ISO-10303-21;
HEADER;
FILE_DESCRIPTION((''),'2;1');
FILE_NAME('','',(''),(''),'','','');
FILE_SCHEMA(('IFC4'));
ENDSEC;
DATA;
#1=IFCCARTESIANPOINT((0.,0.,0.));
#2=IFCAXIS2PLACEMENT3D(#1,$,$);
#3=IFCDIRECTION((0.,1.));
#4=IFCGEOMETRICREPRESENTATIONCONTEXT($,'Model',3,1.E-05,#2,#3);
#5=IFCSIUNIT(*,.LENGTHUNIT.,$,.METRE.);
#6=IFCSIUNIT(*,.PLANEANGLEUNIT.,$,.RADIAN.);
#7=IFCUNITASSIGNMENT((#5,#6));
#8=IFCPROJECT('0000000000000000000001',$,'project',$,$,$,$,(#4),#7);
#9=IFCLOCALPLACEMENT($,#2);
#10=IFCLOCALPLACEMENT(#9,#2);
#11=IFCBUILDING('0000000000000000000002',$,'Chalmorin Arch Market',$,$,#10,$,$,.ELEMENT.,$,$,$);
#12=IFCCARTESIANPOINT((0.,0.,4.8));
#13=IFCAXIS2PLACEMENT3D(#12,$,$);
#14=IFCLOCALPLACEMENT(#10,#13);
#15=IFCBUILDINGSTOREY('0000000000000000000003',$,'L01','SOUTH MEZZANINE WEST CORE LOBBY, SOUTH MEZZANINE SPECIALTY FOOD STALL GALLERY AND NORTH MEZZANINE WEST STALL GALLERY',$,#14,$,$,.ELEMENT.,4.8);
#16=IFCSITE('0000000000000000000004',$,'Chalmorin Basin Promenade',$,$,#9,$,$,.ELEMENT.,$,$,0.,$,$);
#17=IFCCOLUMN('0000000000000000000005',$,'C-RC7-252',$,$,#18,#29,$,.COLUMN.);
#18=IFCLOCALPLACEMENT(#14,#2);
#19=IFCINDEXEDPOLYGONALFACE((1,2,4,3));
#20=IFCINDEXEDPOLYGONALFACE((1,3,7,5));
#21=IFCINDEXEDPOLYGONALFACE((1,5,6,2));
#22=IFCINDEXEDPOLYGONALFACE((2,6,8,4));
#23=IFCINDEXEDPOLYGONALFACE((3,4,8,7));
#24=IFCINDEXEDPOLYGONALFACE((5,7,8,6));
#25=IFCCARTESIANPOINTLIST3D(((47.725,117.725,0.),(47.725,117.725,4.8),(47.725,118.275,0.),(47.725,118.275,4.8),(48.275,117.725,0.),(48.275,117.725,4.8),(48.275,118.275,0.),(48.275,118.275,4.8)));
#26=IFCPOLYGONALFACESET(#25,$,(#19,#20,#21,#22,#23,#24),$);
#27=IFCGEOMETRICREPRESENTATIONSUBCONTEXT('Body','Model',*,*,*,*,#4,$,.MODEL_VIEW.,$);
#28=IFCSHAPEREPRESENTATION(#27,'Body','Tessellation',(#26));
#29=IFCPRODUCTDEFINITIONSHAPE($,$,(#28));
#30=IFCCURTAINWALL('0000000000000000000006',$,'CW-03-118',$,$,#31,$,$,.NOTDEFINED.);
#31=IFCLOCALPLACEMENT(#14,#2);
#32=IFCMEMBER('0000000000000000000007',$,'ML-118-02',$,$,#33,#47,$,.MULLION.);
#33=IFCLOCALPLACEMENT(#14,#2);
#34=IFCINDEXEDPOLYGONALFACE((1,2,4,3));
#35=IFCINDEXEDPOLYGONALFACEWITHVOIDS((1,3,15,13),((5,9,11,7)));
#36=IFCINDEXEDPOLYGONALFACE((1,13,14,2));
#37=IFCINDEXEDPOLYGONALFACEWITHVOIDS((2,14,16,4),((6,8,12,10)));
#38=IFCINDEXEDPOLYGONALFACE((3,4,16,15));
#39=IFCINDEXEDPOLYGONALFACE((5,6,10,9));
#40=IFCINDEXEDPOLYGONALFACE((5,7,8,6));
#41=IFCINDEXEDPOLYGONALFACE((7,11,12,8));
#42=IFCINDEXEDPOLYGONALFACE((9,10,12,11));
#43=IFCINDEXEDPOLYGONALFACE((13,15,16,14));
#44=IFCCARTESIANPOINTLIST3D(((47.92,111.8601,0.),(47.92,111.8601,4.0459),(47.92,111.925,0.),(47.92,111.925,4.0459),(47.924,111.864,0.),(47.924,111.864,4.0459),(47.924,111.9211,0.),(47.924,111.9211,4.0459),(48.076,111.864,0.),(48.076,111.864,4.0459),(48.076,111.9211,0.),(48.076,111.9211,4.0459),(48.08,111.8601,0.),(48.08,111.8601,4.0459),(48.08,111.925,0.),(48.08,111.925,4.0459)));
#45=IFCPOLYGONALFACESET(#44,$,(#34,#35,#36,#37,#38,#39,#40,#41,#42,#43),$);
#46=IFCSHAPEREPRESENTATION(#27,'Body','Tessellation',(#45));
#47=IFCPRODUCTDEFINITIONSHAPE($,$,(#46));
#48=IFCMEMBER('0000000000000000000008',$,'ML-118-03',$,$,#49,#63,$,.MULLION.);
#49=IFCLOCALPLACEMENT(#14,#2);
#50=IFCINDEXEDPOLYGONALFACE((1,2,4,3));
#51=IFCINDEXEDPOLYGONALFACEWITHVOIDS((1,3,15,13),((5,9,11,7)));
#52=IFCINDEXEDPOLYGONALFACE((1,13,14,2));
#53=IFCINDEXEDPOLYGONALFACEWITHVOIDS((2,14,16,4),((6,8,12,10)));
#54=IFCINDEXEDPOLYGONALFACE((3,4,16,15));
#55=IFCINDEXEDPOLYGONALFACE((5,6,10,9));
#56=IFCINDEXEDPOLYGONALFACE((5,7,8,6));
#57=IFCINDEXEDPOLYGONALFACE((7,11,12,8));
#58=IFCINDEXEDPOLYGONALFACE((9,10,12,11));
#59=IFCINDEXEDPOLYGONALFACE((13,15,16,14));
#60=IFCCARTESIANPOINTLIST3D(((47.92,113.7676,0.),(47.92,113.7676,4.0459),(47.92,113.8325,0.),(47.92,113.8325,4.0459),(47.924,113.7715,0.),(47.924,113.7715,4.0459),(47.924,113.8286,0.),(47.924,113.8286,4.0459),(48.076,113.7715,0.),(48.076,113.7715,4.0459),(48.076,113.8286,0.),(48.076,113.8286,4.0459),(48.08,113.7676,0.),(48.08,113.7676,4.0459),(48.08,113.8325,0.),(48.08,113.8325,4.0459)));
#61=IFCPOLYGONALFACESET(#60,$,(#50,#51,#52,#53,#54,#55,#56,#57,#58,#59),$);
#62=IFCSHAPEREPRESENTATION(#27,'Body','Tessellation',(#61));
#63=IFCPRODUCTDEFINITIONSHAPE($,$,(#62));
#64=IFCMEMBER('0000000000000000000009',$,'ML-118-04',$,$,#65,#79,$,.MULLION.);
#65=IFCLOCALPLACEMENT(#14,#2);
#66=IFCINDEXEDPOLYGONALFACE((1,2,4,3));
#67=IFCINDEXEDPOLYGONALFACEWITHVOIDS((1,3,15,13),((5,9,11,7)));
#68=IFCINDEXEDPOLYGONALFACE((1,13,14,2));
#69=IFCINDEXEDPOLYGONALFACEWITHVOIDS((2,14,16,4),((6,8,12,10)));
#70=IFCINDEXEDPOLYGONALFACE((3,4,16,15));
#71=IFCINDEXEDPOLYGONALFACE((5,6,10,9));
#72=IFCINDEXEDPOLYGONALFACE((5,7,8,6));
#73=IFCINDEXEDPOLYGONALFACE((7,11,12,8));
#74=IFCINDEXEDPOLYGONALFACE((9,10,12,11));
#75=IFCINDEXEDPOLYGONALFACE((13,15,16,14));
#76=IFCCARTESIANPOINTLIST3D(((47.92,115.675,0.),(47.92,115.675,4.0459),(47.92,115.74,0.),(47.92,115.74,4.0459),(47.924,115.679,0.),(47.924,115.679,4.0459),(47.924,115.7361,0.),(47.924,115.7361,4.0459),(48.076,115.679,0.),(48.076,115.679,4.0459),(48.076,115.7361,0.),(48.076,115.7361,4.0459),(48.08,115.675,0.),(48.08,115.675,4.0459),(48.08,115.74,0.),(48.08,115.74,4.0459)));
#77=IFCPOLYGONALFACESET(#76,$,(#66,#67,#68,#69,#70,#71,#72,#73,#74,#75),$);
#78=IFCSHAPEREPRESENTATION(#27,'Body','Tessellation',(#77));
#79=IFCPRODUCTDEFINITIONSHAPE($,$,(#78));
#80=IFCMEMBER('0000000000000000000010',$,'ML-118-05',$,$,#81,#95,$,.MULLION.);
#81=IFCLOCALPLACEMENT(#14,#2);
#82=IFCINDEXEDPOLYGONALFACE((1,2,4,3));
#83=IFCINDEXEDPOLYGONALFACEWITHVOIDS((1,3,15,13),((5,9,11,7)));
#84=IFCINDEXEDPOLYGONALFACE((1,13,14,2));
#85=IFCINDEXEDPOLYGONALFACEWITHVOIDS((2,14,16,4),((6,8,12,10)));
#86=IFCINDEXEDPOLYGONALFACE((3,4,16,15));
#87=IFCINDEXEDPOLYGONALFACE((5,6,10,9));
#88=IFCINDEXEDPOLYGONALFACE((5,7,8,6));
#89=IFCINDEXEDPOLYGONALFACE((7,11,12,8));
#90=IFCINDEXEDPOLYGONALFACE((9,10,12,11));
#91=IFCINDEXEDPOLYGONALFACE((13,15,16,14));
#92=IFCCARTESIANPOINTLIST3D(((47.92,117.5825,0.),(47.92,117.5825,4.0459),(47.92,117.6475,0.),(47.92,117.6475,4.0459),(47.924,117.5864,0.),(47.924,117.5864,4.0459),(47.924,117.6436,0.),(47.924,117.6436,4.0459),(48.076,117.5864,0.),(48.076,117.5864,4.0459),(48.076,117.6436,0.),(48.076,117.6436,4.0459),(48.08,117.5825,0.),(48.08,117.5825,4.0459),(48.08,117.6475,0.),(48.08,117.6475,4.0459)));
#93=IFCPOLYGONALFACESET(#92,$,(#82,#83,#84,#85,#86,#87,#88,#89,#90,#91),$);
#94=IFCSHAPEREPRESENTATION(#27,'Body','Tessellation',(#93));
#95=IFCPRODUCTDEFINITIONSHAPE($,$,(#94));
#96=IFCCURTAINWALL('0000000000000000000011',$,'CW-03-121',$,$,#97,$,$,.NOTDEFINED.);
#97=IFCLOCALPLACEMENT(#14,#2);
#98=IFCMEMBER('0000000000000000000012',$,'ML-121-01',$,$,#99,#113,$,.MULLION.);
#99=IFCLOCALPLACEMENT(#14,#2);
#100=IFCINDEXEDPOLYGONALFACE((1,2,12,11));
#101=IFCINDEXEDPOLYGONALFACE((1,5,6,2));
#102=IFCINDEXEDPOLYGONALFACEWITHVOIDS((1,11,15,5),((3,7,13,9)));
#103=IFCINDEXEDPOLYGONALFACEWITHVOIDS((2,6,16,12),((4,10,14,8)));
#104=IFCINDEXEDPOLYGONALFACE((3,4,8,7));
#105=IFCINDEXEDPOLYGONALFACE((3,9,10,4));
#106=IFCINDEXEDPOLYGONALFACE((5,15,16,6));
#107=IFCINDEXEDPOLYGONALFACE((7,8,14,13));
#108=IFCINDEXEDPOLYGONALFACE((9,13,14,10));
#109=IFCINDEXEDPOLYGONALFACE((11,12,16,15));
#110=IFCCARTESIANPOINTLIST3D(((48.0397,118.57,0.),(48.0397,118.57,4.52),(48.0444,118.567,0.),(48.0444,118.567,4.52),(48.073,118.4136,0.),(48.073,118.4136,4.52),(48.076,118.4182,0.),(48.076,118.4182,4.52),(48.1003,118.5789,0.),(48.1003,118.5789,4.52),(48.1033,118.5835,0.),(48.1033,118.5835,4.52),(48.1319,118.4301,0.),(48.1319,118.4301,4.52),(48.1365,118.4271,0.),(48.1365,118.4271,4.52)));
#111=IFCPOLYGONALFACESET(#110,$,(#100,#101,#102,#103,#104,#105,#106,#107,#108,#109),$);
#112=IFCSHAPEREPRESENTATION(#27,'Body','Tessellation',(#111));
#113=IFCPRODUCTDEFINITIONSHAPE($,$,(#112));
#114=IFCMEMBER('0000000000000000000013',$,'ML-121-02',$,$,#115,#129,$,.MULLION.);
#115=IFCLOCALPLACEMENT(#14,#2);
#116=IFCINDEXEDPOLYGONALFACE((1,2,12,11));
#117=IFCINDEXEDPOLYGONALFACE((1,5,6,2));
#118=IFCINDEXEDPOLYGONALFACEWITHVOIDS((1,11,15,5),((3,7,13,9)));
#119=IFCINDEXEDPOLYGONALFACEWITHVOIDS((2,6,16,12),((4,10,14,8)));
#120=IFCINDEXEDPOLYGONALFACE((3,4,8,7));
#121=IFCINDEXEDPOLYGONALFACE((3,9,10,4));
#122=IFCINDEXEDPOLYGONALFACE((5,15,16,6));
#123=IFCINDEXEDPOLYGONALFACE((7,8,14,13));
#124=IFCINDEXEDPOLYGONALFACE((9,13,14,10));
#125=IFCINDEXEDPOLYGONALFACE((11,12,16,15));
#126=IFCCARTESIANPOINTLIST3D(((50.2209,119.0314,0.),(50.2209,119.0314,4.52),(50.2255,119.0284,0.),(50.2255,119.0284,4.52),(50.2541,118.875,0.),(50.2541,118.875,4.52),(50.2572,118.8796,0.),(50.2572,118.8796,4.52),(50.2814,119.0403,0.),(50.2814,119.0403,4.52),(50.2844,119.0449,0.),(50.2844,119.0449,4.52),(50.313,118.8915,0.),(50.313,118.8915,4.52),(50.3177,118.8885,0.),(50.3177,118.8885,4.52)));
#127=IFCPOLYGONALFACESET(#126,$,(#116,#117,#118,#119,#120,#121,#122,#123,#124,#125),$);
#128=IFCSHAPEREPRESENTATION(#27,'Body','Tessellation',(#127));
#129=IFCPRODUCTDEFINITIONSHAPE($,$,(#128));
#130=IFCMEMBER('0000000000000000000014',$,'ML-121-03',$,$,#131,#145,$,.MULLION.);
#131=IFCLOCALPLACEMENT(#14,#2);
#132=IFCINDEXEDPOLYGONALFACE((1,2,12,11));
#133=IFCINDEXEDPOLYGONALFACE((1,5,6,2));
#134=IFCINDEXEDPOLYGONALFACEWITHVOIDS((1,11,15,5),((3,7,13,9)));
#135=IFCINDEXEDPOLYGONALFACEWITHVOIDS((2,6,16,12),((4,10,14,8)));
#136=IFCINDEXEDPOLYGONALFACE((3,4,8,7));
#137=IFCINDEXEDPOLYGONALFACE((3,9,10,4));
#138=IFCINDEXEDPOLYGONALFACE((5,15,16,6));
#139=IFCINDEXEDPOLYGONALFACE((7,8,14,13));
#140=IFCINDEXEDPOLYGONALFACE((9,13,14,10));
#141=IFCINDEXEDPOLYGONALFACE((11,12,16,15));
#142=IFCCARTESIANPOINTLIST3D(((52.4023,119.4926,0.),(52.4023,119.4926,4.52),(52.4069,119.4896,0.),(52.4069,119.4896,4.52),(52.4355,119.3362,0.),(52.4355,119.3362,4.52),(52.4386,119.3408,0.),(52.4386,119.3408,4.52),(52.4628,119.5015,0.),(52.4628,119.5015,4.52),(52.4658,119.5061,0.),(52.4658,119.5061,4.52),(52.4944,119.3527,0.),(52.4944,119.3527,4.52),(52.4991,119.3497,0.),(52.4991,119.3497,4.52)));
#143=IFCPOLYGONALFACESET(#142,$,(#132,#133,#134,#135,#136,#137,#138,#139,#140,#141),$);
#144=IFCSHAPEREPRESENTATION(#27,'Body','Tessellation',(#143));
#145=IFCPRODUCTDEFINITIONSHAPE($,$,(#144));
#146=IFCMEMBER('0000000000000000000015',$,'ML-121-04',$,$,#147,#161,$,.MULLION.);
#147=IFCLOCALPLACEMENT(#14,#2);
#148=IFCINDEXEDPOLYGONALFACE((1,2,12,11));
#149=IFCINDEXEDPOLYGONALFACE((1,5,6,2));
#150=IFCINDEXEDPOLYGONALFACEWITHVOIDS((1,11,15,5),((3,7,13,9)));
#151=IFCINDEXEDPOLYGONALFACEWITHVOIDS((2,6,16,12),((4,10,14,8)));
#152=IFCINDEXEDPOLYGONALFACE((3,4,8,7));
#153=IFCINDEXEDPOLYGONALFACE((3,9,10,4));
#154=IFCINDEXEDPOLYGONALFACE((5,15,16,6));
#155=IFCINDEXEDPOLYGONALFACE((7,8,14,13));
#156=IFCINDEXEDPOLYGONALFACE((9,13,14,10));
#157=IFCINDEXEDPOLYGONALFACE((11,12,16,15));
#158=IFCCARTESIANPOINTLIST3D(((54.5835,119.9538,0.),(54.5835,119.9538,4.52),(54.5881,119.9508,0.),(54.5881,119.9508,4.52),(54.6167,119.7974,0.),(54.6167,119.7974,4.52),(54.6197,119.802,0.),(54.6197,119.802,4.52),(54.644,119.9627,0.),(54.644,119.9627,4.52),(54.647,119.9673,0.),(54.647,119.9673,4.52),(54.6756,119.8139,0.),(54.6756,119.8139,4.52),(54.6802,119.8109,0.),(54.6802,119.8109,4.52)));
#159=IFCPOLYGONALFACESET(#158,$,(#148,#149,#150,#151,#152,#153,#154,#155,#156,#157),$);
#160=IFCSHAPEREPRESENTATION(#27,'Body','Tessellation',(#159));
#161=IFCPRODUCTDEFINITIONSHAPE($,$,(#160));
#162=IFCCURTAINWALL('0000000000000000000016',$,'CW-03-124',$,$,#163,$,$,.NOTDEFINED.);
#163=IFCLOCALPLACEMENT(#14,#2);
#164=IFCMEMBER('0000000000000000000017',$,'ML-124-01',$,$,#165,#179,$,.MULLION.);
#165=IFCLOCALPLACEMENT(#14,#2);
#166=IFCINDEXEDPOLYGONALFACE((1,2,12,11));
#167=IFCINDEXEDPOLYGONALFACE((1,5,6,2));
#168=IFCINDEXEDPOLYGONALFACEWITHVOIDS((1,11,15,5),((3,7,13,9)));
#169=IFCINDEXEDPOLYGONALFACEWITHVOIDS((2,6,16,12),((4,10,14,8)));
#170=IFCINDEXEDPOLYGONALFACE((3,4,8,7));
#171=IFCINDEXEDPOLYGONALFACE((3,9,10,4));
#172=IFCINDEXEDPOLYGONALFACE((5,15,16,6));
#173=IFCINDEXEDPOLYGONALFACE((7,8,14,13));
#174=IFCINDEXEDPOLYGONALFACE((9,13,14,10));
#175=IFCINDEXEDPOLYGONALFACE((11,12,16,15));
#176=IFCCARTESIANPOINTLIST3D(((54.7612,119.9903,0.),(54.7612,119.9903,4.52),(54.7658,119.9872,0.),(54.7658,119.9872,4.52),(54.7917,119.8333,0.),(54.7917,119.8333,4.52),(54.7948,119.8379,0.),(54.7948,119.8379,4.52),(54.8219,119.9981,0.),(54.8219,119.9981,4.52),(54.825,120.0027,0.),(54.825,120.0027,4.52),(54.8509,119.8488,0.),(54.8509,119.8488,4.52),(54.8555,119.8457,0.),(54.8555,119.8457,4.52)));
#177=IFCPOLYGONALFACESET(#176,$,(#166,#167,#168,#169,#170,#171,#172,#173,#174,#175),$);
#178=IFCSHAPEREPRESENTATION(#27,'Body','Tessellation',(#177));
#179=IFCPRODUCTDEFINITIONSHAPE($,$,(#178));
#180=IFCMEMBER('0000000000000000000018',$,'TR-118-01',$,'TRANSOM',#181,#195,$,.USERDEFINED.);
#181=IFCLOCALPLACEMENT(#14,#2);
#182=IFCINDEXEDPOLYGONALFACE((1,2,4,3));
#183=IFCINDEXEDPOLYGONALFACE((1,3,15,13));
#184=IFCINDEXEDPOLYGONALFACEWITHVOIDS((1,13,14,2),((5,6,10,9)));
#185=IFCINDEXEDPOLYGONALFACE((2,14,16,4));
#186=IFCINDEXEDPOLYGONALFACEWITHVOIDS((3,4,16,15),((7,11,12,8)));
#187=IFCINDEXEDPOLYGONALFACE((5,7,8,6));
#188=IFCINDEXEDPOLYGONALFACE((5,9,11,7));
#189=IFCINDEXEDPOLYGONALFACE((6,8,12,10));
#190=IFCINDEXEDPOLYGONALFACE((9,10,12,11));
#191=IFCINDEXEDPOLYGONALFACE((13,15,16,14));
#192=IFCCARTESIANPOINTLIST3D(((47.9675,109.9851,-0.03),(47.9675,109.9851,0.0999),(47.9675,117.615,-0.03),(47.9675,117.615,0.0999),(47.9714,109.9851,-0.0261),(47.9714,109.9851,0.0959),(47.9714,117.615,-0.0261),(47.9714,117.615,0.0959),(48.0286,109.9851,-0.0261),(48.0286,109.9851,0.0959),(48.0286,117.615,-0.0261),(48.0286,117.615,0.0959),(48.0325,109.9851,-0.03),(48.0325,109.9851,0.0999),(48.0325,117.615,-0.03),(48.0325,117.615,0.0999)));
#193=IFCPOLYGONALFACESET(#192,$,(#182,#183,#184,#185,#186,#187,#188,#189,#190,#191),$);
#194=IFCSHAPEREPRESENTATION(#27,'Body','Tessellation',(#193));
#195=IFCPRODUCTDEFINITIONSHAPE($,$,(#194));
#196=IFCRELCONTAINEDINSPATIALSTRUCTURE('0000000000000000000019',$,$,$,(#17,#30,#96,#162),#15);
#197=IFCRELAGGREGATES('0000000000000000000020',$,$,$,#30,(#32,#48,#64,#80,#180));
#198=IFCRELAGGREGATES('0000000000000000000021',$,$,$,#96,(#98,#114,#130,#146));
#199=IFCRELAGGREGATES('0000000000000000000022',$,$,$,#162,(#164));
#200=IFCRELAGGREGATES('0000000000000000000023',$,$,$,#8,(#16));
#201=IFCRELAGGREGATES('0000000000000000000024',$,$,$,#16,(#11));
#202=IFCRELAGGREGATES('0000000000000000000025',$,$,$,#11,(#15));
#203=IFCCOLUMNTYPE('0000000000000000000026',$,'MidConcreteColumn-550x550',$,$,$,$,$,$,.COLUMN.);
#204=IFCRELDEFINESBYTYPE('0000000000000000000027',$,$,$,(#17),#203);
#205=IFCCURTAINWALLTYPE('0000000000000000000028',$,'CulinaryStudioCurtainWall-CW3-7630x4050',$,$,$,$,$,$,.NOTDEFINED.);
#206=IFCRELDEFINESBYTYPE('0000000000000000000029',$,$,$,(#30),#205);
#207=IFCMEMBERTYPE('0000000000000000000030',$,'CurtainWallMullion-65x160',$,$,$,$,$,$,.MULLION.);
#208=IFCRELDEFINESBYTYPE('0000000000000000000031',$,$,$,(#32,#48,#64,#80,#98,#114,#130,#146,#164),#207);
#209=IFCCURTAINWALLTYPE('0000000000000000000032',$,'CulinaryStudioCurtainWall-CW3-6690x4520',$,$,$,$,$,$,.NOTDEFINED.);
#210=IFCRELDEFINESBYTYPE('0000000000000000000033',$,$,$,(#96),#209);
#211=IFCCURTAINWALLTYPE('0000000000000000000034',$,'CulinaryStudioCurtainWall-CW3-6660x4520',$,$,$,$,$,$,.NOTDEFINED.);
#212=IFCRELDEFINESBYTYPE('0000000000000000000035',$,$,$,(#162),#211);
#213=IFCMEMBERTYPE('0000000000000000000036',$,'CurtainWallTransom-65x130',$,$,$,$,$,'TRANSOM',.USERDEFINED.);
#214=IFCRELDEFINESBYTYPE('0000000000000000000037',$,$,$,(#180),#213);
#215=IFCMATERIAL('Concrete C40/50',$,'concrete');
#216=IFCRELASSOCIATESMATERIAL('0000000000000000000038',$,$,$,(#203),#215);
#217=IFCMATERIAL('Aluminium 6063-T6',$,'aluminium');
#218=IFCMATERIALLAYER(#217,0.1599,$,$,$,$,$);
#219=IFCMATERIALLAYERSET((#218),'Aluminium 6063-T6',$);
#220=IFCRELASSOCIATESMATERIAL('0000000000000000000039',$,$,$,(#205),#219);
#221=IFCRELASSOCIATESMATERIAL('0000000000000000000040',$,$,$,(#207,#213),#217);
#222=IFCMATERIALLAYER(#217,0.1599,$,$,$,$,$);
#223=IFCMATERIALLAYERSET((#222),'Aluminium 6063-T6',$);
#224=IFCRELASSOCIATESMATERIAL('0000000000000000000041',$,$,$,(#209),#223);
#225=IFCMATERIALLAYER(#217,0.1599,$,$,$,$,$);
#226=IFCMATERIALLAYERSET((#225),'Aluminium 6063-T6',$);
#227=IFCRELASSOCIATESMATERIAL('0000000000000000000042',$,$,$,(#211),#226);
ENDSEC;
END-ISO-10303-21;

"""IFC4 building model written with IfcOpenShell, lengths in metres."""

from ifc_helpers import new_model, si_unit, direction, frame, origin, origin_2d, place, context, subcontext, project, spatial, rectangle, hollow_rectangle, extrude, material, layer, layer_set, material_profile, profile_set, type_object, element, aggregate, save


model = new_model("IFC4")

# Units and contexts
model_context = context("Model", 3, precision=1e-05, world=origin(), true_north=direction((0.0, 1.0)))
body_context = subcontext(model_context, "Body", "Model", "MODEL_VIEW")
ifc_project = project(units=[si_unit("LENGTHUNIT", "METRE"), si_unit("PLANEANGLEUNIT", "RADIAN")], contexts=[model_context])

# Site, building, storey
site_placement = place(None, origin())
site = spatial("IfcSite", under=ifc_project, at=site_placement, Name="Chalmorin Basin Promenade", CompositionType="ELEMENT", RefElevation=0.0)
building_placement = place(site_placement, origin())
building = spatial("IfcBuilding", under=site, at=building_placement, Name="Chalmorin Arch Market", CompositionType="ELEMENT")
storey_placement = place(building_placement, frame((0.0, 0.0, 4.8)))
storey = spatial("IfcBuildingStorey", under=building, at=storey_placement, Name="L01", Description="SOUTH MEZZANINE WEST CORE LOBBY, SOUTH MEZZANINE SPECIALTY FOOD STALL GALLERY AND NORTH MEZZANINE WEST STALL GALLERY", CompositionType="ELEMENT", Elevation=4.8)

# Column
ifc_material_1 = material(Name="Concrete C40/50", Category="concrete")
ifc_material_profile_1 = material_profile(ifc_material_1, rectangle(XDim=0.55, YDim=0.55, at=origin_2d()), Name="RC550X550")
ifc_profile_set_1 = profile_set([ifc_material_profile_1], Name="Concrete C40/50")
column_type = type_object("IfcColumnType", Name="MidConcreteColumn-550x550", PredefinedType="COLUMN", material=ifc_profile_set_1)
column_placement = place(storey_placement, frame((48.0, 118.0, 0.0), z_axis=(0.0, 0.0, 1.0), x_axis=(1.0, 0.0, 0.0)))
element("IfcColumn", 1, at=column_placement, inside=storey, type_object=column_type, Name="C-RC7-252", PredefinedType="COLUMN", context=body_context, shape_type="SweptSolid", body=[
    extrude(rectangle(XDim=0.55, YDim=0.55, at=origin_2d()), origin(), (0.0, 0.0, 1.0), 4.8),
])

# Curtain walls, members
ifc_material_2 = material(Name="Aluminium 6063-T6", Category="aluminium")
ifc_layer_1 = layer(ifc_material_2, 0.1599)
ifc_layer_set_1 = layer_set([ifc_layer_1], Name="Aluminium 6063-T6")
curtain_wall_type_1 = type_object("IfcCurtainWallType", Name="CulinaryStudioCurtainWall-CW3-7630x4050", PredefinedType="NOTDEFINED", material=ifc_layer_set_1)
curtain_wall_1_placement = place(storey_placement, origin())
curtain_wall_1 = element("IfcCurtainWall", 2, at=curtain_wall_1_placement, inside=storey, type_object=curtain_wall_type_1, Name="CW-03-118", PredefinedType="NOTDEFINED")
ifc_material_profile_2 = material_profile(ifc_material_2, hollow_rectangle(XDim=0.0649, YDim=0.1599, WallThickness=0.0039, at=origin_2d()), Name="ALU65X160X4")
ifc_profile_set_2 = profile_set([ifc_material_profile_2], Name="Aluminium 6063-T6")
member_type_1 = type_object("IfcMemberType", Name="CurtainWallMullion-65x160", PredefinedType="MULLION", material=ifc_profile_set_2)
member_1_placement = place(storey_placement, frame((48.0, 111.8926, 0.0), z_axis=(0.0, 0.0, 1.0), x_axis=(0.0, 1.0, 0.0)))
member_1 = element("IfcMember", 3, at=member_1_placement, type_object=member_type_1, Name="ML-118-02", PredefinedType="MULLION", context=body_context, shape_type="SweptSolid", body=[
    extrude(hollow_rectangle(XDim=0.0649, YDim=0.1599, WallThickness=0.0039, at=origin_2d()), origin(), (0.0, 0.0, 1.0), 4.0459),
])
member_2_placement = place(storey_placement, frame((48.0, 113.8, 0.0), z_axis=(0.0, 0.0, 1.0), x_axis=(0.0, 1.0, 0.0)))
member_2 = element("IfcMember", 4, at=member_2_placement, type_object=member_type_1, Name="ML-118-03", PredefinedType="MULLION", context=body_context, shape_type="SweptSolid", body=[
    extrude(hollow_rectangle(XDim=0.0649, YDim=0.1599, WallThickness=0.0039, at=origin_2d()), origin(), (0.0, 0.0, 1.0), 4.0459),
])
member_3_placement = place(storey_placement, frame((48.0, 115.7075, 0.0), z_axis=(0.0, 0.0, 1.0), x_axis=(0.0, 1.0, 0.0)))
member_3 = element("IfcMember", 5, at=member_3_placement, type_object=member_type_1, Name="ML-118-04", PredefinedType="MULLION", context=body_context, shape_type="SweptSolid", body=[
    extrude(hollow_rectangle(XDim=0.0649, YDim=0.1599, WallThickness=0.0039, at=origin_2d()), origin(), (0.0, 0.0, 1.0), 4.0459),
])
member_4_placement = place(storey_placement, frame((48.0, 117.615, 0.0), z_axis=(0.0, 0.0, 1.0), x_axis=(0.0, 1.0, 0.0)))
member_4 = element("IfcMember", 6, at=member_4_placement, type_object=member_type_1, Name="ML-118-05", PredefinedType="MULLION", context=body_context, shape_type="SweptSolid", body=[
    extrude(hollow_rectangle(XDim=0.0649, YDim=0.1599, WallThickness=0.0039, at=origin_2d()), origin(), (0.0, 0.0, 1.0), 4.0459),
])
ifc_layer_2 = layer(ifc_material_2, 0.1599)
ifc_layer_set_2 = layer_set([ifc_layer_2], Name="Aluminium 6063-T6")
curtain_wall_type_2 = type_object("IfcCurtainWallType", Name="CulinaryStudioCurtainWall-CW3-6690x4520", PredefinedType="NOTDEFINED", material=ifc_layer_set_2)
curtain_wall_2_placement = place(storey_placement, origin())
curtain_wall_2 = element("IfcCurtainWall", 7, at=curtain_wall_2_placement, inside=storey, type_object=curtain_wall_type_2, Name="CW-03-121", PredefinedType="NOTDEFINED")
member_5_placement = place(storey_placement, frame((48.0881, 118.4985, 0.0), z_axis=(0.0, 0.0, 1.0), x_axis=(0.978148, 0.207912, 0.0)))
member_5 = element("IfcMember", 8, at=member_5_placement, type_object=member_type_1, Name="ML-121-01", PredefinedType="MULLION", context=body_context, shape_type="SweptSolid", body=[
    extrude(hollow_rectangle(XDim=0.0649, YDim=0.1599, WallThickness=0.0039, at=origin_2d()), origin(), (0.0, 0.0, 1.0), 4.52),
])
member_6_placement = place(storey_placement, frame((50.2693, 118.96, 0.0), z_axis=(0.0, 0.0, 1.0), x_axis=(0.978148, 0.207912, 0.0)))
member_6 = element("IfcMember", 9, at=member_6_placement, type_object=member_type_1, Name="ML-121-02", PredefinedType="MULLION", context=body_context, shape_type="SweptSolid", body=[
    extrude(hollow_rectangle(XDim=0.0649, YDim=0.1599, WallThickness=0.0039, at=origin_2d()), origin(), (0.0, 0.0, 1.0), 4.52),
])
member_7_placement = place(storey_placement, frame((52.4507, 119.4211, 0.0), z_axis=(0.0, 0.0, 1.0), x_axis=(0.978148, 0.207912, 0.0)))
member_7 = element("IfcMember", 10, at=member_7_placement, type_object=member_type_1, Name="ML-121-03", PredefinedType="MULLION", context=body_context, shape_type="SweptSolid", body=[
    extrude(hollow_rectangle(XDim=0.0649, YDim=0.1599, WallThickness=0.0039, at=origin_2d()), origin(), (0.0, 0.0, 1.0), 4.52),
])
member_8_placement = place(storey_placement, frame((54.6318, 119.8823, 0.0), z_axis=(0.0, 0.0, 1.0), x_axis=(0.978148, 0.207912, 0.0)))
member_8 = element("IfcMember", 11, at=member_8_placement, type_object=member_type_1, Name="ML-121-04", PredefinedType="MULLION", context=body_context, shape_type="SweptSolid", body=[
    extrude(hollow_rectangle(XDim=0.0649, YDim=0.1599, WallThickness=0.0039, at=origin_2d()), origin(), (0.0, 0.0, 1.0), 4.52),
])

# Curtain wall, member
ifc_layer_3 = layer(ifc_material_2, 0.1599)
ifc_layer_set_3 = layer_set([ifc_layer_3], Name="Aluminium 6063-T6")
curtain_wall_type_3 = type_object("IfcCurtainWallType", Name="CulinaryStudioCurtainWall-CW3-6660x4520", PredefinedType="NOTDEFINED", material=ifc_layer_set_3)
curtain_wall_3_placement = place(storey_placement, origin())
curtain_wall_3 = element("IfcCurtainWall", 12, at=curtain_wall_3_placement, inside=storey, type_object=curtain_wall_type_3, Name="CW-03-124", PredefinedType="NOTDEFINED")
member_9_placement = place(storey_placement, frame((54.8083, 119.918, 0.0), z_axis=(0.0, 0.0, 1.0), x_axis=(0.981627, 0.190809, 0.0)))
member_9 = element("IfcMember", 13, at=member_9_placement, type_object=member_type_1, Name="ML-124-01", PredefinedType="MULLION", context=body_context, shape_type="SweptSolid", body=[
    extrude(hollow_rectangle(XDim=0.0649, YDim=0.1599, WallThickness=0.0039, at=origin_2d()), origin(), (0.0, 0.0, 1.0), 4.52),
])

# Member
ifc_material_profile_3 = material_profile(ifc_material_2, hollow_rectangle(XDim=0.0649, YDim=0.1299, WallThickness=0.0039, at=origin_2d()), Name="ALU65X130X4")
ifc_profile_set_3 = profile_set([ifc_material_profile_3], Name="Aluminium 6063-T6")
member_type_2 = type_object("IfcMemberType", Name="CurtainWallTransom-65x130", ElementType="TRANSOM", PredefinedType="USERDEFINED", material=ifc_profile_set_3)
member_10_placement = place(storey_placement, frame((48.0, 109.9851, 0.0349), z_axis=(0.0, 1.0, 0.0), x_axis=(-1.0, 0.0, 0.0)))
member_10 = element("IfcMember", 14, at=member_10_placement, type_object=member_type_2, Name="TR-118-01", ObjectType="TRANSOM", PredefinedType="USERDEFINED", context=body_context, shape_type="SweptSolid", body=[
    extrude(hollow_rectangle(XDim=0.0649, YDim=0.1299, WallThickness=0.0039, at=origin_2d()), origin(), (0.0, 0.0, 1.0), 7.6299),
])

aggregate(curtain_wall_1, [member_1, member_2, member_3, member_4, member_10])
aggregate(curtain_wall_2, [member_5, member_6, member_7, member_8])
aggregate(curtain_wall_3, [member_9])

save(model, "model.ifc")
